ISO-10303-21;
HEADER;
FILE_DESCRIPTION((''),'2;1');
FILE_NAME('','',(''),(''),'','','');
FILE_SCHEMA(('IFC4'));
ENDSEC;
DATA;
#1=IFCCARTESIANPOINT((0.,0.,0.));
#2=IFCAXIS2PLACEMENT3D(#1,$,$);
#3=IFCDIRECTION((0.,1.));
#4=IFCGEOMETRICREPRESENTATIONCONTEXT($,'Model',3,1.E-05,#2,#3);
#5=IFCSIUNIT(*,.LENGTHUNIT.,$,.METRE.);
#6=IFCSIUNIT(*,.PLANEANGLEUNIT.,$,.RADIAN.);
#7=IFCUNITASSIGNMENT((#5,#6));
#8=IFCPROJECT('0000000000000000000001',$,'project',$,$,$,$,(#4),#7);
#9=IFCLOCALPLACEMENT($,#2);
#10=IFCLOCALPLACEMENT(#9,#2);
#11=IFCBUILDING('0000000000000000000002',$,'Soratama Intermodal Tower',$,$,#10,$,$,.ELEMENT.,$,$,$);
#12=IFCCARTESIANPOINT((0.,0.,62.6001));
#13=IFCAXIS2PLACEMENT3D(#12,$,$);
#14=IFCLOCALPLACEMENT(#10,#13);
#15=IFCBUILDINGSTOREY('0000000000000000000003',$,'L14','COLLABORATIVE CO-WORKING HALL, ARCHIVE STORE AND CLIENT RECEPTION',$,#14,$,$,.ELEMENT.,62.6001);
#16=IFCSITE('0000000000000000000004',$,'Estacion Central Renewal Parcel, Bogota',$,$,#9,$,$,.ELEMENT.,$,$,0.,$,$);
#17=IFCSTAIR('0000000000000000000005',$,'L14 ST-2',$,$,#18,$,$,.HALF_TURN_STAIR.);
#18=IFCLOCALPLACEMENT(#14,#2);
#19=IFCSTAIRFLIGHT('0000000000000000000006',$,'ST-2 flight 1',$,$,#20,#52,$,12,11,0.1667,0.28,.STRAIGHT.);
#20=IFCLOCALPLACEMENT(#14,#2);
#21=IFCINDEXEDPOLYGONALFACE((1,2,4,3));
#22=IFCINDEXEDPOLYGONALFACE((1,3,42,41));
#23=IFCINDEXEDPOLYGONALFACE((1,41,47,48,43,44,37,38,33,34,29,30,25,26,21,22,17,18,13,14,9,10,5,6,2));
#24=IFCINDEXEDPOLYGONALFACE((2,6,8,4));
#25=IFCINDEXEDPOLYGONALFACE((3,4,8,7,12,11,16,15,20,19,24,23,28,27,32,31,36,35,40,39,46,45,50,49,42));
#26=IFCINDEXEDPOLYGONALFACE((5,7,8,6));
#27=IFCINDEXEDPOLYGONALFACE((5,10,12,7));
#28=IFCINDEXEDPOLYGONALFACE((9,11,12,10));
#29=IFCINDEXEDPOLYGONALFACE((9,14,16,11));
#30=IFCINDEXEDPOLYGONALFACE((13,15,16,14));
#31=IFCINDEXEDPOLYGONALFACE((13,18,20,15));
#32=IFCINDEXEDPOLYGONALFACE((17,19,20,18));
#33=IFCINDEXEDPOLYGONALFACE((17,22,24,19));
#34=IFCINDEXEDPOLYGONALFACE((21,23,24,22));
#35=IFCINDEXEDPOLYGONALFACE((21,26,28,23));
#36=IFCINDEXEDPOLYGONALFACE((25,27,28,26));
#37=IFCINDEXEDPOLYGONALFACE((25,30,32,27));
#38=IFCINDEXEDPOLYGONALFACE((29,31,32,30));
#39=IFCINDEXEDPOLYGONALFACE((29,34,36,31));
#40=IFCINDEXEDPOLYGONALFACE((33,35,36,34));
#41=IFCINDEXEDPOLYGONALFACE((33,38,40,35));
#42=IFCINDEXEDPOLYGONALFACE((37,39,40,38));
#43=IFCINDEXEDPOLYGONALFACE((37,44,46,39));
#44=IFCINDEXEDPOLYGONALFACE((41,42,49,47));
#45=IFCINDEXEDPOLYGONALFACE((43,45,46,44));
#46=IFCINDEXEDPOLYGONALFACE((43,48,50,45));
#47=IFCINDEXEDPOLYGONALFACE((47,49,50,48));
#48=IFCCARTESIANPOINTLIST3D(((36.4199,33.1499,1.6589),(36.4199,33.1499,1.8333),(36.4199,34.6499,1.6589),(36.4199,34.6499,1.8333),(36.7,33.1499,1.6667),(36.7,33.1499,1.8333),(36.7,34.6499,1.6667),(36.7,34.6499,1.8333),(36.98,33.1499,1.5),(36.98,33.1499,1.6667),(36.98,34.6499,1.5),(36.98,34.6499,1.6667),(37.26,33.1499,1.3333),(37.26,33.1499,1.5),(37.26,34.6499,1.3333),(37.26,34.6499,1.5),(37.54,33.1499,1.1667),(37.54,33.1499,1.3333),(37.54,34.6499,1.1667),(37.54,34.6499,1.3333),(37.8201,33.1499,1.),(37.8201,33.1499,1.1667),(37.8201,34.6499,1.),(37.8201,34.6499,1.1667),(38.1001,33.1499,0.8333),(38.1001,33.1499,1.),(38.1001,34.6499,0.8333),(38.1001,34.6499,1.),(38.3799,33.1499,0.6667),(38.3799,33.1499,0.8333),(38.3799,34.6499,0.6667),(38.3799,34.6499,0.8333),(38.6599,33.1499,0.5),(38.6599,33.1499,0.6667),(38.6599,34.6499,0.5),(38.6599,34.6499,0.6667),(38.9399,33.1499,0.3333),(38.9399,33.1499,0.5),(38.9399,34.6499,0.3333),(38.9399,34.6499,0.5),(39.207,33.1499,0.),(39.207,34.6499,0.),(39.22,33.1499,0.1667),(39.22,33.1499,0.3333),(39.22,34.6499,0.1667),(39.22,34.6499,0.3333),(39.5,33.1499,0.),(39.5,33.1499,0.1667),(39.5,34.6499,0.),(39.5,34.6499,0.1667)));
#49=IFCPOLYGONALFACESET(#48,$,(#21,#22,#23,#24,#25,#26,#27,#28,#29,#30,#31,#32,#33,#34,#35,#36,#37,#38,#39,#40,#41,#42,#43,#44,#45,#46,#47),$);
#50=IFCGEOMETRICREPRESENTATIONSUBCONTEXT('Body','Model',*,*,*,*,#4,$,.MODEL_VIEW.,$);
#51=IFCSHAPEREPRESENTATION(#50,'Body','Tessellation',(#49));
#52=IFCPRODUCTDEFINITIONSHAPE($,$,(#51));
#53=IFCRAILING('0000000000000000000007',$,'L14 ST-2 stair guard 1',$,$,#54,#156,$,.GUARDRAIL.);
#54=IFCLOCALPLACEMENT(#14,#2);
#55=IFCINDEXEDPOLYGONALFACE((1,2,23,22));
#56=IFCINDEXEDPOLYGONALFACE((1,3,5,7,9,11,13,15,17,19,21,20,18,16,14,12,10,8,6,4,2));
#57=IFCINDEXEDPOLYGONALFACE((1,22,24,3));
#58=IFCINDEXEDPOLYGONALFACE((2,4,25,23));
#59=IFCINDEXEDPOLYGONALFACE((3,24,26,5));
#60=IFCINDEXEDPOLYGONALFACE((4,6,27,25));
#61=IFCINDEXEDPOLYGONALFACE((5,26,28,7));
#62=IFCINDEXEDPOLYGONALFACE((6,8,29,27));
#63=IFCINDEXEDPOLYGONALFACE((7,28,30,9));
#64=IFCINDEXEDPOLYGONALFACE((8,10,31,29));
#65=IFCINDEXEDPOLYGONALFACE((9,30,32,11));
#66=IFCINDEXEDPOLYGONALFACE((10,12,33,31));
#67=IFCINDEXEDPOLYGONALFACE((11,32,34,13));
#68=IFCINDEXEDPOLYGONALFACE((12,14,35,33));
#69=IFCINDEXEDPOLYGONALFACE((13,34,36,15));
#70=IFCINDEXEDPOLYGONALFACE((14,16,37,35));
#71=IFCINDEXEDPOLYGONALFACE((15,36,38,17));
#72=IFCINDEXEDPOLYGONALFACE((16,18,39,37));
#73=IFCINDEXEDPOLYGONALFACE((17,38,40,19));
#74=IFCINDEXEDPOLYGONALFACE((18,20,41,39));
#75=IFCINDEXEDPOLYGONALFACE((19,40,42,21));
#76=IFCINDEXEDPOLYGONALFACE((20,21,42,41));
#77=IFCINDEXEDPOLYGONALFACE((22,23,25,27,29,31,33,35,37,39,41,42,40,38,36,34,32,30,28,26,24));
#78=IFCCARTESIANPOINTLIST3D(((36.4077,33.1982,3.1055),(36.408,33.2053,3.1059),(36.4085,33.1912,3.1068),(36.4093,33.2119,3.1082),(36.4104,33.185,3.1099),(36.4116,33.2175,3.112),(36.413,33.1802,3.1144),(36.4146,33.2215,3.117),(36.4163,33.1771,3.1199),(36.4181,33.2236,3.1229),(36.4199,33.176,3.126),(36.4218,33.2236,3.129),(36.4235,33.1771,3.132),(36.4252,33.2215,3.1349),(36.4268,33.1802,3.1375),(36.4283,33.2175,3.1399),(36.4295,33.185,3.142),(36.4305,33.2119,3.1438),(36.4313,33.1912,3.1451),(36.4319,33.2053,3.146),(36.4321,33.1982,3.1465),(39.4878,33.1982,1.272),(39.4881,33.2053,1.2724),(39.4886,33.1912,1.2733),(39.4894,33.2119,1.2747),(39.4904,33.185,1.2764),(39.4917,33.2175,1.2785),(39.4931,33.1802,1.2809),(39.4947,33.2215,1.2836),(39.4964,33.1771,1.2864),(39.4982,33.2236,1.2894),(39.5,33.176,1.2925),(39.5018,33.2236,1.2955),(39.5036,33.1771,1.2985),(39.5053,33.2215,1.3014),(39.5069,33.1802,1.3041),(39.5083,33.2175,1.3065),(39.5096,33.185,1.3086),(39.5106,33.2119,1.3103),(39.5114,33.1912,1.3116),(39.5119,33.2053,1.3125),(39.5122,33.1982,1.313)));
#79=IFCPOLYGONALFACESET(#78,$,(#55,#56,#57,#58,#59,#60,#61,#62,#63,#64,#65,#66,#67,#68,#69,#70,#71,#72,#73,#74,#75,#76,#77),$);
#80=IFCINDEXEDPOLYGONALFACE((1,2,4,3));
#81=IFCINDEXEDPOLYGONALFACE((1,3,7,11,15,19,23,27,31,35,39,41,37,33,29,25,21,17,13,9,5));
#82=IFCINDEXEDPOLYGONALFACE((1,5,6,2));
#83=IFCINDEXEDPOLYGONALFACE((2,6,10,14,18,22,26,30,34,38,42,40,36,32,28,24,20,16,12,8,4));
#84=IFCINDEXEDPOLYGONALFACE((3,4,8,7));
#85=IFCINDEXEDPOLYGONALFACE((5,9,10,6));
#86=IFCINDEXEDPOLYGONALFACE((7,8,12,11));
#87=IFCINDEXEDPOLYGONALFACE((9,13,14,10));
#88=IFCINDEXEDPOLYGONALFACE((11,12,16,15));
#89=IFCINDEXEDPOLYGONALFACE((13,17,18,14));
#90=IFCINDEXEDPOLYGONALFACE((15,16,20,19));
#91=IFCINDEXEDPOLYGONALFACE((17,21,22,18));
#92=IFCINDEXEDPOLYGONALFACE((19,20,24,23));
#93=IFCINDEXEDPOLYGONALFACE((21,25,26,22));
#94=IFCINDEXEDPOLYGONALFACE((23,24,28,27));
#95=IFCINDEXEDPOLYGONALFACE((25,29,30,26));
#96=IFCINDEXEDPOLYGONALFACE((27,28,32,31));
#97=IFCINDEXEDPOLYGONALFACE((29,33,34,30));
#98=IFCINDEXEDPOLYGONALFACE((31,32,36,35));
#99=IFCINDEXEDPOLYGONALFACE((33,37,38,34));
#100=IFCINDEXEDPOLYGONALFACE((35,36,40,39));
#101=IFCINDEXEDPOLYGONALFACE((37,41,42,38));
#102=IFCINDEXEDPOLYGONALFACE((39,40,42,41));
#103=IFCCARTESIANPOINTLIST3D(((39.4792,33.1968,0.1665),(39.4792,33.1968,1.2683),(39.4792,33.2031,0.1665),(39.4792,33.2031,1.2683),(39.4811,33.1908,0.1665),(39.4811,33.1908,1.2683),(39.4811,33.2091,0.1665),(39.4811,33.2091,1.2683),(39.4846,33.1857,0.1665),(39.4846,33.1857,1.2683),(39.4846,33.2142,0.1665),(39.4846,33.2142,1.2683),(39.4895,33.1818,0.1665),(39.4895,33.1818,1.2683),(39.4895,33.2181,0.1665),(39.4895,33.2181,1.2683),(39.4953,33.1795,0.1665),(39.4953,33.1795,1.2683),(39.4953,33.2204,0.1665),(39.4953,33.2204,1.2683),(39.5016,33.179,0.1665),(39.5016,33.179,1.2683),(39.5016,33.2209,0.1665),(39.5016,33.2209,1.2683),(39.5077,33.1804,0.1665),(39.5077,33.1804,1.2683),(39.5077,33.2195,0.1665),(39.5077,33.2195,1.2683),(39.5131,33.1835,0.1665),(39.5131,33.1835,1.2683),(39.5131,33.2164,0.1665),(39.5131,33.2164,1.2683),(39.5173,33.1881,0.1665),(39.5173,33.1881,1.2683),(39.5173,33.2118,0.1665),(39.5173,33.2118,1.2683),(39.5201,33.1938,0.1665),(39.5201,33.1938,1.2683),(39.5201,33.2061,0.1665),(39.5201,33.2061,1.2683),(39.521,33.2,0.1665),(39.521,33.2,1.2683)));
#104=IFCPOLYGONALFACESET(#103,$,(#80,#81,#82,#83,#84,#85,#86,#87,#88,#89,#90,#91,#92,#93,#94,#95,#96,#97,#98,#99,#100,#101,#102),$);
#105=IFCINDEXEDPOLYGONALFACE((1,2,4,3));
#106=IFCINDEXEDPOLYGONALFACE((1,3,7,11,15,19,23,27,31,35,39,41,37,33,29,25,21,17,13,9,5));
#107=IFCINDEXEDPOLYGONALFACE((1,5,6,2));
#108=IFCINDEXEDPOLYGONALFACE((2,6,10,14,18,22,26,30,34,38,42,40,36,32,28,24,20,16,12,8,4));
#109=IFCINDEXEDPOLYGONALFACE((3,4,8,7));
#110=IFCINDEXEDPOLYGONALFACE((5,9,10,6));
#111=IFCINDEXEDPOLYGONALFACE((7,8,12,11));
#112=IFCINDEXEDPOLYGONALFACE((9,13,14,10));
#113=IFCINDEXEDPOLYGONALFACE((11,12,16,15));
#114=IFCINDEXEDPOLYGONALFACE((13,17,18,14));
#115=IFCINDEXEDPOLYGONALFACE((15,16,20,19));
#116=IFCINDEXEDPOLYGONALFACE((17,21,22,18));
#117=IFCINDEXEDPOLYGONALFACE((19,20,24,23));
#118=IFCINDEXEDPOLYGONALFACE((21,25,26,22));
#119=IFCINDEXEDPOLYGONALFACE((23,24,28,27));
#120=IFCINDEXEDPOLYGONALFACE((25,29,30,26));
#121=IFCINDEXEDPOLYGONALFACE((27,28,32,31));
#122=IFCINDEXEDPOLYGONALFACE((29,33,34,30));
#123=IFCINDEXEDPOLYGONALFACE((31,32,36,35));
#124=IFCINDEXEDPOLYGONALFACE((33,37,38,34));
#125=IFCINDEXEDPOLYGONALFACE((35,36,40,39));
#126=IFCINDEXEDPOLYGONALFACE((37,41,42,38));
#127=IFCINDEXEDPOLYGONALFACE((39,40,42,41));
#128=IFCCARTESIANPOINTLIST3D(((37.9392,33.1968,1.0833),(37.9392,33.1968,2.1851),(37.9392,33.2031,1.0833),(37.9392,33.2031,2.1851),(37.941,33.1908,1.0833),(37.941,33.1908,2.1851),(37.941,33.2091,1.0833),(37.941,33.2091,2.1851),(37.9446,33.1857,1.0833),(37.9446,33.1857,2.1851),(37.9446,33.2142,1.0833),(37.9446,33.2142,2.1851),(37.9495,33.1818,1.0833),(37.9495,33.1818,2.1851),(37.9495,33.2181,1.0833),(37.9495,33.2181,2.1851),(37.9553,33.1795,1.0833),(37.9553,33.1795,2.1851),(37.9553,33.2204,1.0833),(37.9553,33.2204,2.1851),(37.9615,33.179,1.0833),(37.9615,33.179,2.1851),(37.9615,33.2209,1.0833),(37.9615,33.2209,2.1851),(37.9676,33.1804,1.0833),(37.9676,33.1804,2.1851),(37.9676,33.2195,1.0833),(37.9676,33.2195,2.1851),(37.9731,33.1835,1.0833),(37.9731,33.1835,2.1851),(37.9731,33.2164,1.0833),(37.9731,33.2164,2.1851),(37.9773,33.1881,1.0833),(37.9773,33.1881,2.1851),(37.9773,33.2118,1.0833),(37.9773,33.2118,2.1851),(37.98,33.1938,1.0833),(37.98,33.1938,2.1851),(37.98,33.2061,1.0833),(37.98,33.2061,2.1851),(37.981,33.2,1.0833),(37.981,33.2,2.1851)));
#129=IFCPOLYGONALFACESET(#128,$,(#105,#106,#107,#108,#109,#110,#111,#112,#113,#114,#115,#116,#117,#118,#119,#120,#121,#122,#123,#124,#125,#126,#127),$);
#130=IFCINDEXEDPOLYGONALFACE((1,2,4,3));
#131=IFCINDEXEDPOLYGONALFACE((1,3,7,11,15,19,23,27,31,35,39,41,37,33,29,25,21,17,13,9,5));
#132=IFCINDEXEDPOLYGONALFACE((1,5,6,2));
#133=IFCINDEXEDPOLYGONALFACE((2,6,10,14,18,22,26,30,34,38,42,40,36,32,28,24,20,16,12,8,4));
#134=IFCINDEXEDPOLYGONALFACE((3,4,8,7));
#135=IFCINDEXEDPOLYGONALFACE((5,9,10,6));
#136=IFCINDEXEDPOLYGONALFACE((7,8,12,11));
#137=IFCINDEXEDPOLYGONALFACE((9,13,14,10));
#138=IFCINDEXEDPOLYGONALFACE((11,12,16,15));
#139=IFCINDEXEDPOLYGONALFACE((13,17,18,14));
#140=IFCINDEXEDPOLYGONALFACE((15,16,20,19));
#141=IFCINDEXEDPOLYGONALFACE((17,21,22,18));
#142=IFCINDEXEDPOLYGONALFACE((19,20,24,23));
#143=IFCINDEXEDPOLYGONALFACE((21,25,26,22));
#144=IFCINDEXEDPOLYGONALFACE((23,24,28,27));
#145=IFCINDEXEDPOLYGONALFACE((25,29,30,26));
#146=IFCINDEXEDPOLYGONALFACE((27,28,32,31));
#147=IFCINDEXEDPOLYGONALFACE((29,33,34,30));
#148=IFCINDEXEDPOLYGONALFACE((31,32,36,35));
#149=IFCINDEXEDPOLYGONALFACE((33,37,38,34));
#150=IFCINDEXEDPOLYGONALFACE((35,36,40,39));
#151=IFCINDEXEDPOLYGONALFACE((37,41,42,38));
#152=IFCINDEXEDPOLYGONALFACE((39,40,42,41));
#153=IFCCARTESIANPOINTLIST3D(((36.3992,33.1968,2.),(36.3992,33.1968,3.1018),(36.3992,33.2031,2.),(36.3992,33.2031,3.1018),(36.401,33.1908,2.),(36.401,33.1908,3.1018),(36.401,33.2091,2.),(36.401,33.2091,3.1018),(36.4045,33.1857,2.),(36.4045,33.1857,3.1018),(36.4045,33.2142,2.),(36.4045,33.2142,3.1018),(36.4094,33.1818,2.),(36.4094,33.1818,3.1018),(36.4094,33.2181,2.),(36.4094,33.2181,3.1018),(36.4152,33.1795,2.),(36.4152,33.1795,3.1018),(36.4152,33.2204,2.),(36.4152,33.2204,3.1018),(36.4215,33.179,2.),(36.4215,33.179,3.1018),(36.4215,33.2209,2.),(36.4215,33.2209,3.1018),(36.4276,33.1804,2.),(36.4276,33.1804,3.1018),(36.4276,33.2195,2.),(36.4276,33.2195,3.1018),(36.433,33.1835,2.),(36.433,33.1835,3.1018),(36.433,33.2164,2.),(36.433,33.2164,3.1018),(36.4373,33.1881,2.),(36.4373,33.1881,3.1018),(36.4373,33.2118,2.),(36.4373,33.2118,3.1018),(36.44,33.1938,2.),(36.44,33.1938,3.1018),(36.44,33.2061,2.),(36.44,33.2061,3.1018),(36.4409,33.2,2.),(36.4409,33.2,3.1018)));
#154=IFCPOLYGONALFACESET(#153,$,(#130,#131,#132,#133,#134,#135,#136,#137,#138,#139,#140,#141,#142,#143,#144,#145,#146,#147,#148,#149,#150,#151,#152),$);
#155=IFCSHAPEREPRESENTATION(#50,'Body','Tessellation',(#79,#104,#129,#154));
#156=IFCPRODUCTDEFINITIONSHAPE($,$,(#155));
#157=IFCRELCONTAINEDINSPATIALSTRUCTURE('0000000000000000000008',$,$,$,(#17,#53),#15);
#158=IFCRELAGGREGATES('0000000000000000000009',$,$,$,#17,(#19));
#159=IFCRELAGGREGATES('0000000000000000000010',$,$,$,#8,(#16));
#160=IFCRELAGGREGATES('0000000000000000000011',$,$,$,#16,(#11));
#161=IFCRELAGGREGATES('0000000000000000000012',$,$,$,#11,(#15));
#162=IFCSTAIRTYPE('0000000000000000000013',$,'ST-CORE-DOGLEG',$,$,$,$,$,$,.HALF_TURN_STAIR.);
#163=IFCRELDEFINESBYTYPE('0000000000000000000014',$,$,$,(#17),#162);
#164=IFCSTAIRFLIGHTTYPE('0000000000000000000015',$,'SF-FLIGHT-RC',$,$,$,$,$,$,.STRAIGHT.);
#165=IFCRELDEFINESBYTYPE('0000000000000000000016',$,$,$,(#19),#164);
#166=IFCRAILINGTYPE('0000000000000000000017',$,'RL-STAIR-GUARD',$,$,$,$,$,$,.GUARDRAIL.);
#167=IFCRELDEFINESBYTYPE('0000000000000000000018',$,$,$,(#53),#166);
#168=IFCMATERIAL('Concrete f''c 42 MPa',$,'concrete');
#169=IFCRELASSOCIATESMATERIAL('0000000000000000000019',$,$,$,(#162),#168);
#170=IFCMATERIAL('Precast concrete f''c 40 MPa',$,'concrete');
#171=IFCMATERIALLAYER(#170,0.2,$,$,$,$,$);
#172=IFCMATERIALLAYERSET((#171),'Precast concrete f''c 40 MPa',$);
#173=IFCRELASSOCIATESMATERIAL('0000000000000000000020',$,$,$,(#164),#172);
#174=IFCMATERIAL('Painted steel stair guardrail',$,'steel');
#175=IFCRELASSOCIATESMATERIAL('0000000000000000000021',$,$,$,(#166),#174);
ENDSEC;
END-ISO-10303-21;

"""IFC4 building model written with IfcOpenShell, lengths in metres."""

from ifc_helpers import new_model, si_unit, direction, frame, origin, origin_2d, place, context, subcontext, project, spatial, polyline, circle, outline, extrude, material, layer, layer_set, type_object, element, aggregate, save


model = new_model("IFC4")

# Units and contexts
model_context = context("Model", 3, precision=1e-05, world=origin(), true_north=direction((0.0, 1.0)))
body_context = subcontext(model_context, "Body", "Model", "MODEL_VIEW")
ifc_project = project(units=[si_unit("LENGTHUNIT", "METRE"), si_unit("PLANEANGLEUNIT", "RADIAN")], contexts=[model_context])

# Site, building, storey
site_placement = place(None, origin())
site = spatial("IfcSite", under=ifc_project, at=site_placement, Name="Estacion Central Renewal Parcel, Bogota", CompositionType="ELEMENT", RefElevation=0.0)
building_placement = place(site_placement, origin())
building = spatial("IfcBuilding", under=site, at=building_placement, Name="Soratama Intermodal Tower", CompositionType="ELEMENT")
storey_placement = place(building_placement, frame((0.0, 0.0, 62.6001)))
storey = spatial("IfcBuildingStorey", under=building, at=storey_placement, Name="L14", Description="COLLABORATIVE CO-WORKING HALL, ARCHIVE STORE AND CLIENT RECEPTION", CompositionType="ELEMENT", Elevation=62.6001)

# Stair, stair flight
ifc_material_1 = material(Name="Concrete f'c 42 MPa", Category="concrete")
stair_type = type_object("IfcStairType", Name="ST-CORE-DOGLEG", PredefinedType="HALF_TURN_STAIR", material=ifc_material_1)
stair_placement = place(storey_placement, origin())
stair = element("IfcStair", 1, at=stair_placement, inside=storey, type_object=stair_type, Name="L14 ST-2", PredefinedType="HALF_TURN_STAIR")
ifc_material_2 = material(Name="Precast concrete f'c 40 MPa", Category="concrete")
ifc_layer_1 = layer(ifc_material_2, 0.2)
ifc_layer_set_1 = layer_set([ifc_layer_1], Name="Precast concrete f'c 40 MPa")
stair_flight_type = type_object("IfcStairFlightType", Name="SF-FLIGHT-RC", PredefinedType="STRAIGHT", material=ifc_layer_set_1)
stair_flight_placement = place(storey_placement, frame((39.5, 33.8999, 0.0), z_axis=(0.0, 0.0, 1.0), x_axis=(-1.0, 0.0, 0.0)))
stair_flight = element("IfcStairFlight", 2, at=stair_flight_placement, type_object=stair_flight_type, Name="ST-2 flight 1", NumberOfRisers=12, NumberOfTreads=11, PredefinedType="STRAIGHT", RiserHeight=0.1667, TreadLength=0.28, context=body_context, shape_type="SweptSolid", body=[
    extrude(outline(polyline([(0.0, 0.0), (0.0, 0.1667), (0.28, 0.1667), (0.28, 0.3333), (0.5601, 0.3333), (0.5601, 0.5), (0.8401, 0.5), (0.8401, 0.6667), (1.1201, 0.6667), (1.1201, 0.8333), (1.3999, 0.8333), (1.3999, 1.0), (1.6799, 1.0), (1.6799, 1.1667), (1.96, 1.1667), (1.96, 1.3333), (2.24, 1.3333), (2.24, 1.5), (2.52, 1.5), (2.52, 1.6667), (2.8, 1.6667), (2.8, 1.8333), (3.0801, 1.8333), (3.0801, 2.0), (3.0801, 1.6589), (0.293, 0.0), (0.0, 0.0)])), frame((0.0, 0.75, 0.0), z_axis=(0.0, -1.0, 0.0), x_axis=(1.0, 0.0, 0.0)), (0.0, 0.0, 1.0), 1.5),
])
aggregate(stair, [stair_flight])

# Railing
ifc_material_3 = material(Name="Painted steel stair guardrail", Category="steel")
railing_type_1 = type_object("IfcRailingType", Name="RL-STAIR-GUARD", PredefinedType="GUARDRAIL", material=ifc_material_3)
railing_1_placement = place(storey_placement, frame((39.5, 33.2, 0.1665)))
element("IfcRailing", 3, at=railing_1_placement, inside=storey, type_object=railing_type_1, Name="L14 ST-2 stair guard 1", PredefinedType="GUARDRAIL", context=body_context, shape_type="SweptSolid", body=[
    extrude(circle(Radius=0.0239, at=origin_2d()), frame((0.0, 0.0, 1.126), z_axis=(-0.859279, 0.0, 0.511508), x_axis=(0.0, -1.0, 0.0)), (0.0, 0.0, 1.0), 3.5845),
    extrude(circle(Radius=0.021, at=origin_2d()), origin(), (0.0, 0.0, 1.0), 1.1018),
    extrude(circle(Radius=0.021, at=origin_2d()), frame((-1.54, 0.0, 0.9167)), (0.0, 0.0, 1.0), 1.1018),
    extrude(circle(Radius=0.021, at=origin_2d()), frame((-3.0801, 0.0, 1.8335)), (0.0, 0.0, 1.0), 1.1018),
])

save(model, "model.ifc")
